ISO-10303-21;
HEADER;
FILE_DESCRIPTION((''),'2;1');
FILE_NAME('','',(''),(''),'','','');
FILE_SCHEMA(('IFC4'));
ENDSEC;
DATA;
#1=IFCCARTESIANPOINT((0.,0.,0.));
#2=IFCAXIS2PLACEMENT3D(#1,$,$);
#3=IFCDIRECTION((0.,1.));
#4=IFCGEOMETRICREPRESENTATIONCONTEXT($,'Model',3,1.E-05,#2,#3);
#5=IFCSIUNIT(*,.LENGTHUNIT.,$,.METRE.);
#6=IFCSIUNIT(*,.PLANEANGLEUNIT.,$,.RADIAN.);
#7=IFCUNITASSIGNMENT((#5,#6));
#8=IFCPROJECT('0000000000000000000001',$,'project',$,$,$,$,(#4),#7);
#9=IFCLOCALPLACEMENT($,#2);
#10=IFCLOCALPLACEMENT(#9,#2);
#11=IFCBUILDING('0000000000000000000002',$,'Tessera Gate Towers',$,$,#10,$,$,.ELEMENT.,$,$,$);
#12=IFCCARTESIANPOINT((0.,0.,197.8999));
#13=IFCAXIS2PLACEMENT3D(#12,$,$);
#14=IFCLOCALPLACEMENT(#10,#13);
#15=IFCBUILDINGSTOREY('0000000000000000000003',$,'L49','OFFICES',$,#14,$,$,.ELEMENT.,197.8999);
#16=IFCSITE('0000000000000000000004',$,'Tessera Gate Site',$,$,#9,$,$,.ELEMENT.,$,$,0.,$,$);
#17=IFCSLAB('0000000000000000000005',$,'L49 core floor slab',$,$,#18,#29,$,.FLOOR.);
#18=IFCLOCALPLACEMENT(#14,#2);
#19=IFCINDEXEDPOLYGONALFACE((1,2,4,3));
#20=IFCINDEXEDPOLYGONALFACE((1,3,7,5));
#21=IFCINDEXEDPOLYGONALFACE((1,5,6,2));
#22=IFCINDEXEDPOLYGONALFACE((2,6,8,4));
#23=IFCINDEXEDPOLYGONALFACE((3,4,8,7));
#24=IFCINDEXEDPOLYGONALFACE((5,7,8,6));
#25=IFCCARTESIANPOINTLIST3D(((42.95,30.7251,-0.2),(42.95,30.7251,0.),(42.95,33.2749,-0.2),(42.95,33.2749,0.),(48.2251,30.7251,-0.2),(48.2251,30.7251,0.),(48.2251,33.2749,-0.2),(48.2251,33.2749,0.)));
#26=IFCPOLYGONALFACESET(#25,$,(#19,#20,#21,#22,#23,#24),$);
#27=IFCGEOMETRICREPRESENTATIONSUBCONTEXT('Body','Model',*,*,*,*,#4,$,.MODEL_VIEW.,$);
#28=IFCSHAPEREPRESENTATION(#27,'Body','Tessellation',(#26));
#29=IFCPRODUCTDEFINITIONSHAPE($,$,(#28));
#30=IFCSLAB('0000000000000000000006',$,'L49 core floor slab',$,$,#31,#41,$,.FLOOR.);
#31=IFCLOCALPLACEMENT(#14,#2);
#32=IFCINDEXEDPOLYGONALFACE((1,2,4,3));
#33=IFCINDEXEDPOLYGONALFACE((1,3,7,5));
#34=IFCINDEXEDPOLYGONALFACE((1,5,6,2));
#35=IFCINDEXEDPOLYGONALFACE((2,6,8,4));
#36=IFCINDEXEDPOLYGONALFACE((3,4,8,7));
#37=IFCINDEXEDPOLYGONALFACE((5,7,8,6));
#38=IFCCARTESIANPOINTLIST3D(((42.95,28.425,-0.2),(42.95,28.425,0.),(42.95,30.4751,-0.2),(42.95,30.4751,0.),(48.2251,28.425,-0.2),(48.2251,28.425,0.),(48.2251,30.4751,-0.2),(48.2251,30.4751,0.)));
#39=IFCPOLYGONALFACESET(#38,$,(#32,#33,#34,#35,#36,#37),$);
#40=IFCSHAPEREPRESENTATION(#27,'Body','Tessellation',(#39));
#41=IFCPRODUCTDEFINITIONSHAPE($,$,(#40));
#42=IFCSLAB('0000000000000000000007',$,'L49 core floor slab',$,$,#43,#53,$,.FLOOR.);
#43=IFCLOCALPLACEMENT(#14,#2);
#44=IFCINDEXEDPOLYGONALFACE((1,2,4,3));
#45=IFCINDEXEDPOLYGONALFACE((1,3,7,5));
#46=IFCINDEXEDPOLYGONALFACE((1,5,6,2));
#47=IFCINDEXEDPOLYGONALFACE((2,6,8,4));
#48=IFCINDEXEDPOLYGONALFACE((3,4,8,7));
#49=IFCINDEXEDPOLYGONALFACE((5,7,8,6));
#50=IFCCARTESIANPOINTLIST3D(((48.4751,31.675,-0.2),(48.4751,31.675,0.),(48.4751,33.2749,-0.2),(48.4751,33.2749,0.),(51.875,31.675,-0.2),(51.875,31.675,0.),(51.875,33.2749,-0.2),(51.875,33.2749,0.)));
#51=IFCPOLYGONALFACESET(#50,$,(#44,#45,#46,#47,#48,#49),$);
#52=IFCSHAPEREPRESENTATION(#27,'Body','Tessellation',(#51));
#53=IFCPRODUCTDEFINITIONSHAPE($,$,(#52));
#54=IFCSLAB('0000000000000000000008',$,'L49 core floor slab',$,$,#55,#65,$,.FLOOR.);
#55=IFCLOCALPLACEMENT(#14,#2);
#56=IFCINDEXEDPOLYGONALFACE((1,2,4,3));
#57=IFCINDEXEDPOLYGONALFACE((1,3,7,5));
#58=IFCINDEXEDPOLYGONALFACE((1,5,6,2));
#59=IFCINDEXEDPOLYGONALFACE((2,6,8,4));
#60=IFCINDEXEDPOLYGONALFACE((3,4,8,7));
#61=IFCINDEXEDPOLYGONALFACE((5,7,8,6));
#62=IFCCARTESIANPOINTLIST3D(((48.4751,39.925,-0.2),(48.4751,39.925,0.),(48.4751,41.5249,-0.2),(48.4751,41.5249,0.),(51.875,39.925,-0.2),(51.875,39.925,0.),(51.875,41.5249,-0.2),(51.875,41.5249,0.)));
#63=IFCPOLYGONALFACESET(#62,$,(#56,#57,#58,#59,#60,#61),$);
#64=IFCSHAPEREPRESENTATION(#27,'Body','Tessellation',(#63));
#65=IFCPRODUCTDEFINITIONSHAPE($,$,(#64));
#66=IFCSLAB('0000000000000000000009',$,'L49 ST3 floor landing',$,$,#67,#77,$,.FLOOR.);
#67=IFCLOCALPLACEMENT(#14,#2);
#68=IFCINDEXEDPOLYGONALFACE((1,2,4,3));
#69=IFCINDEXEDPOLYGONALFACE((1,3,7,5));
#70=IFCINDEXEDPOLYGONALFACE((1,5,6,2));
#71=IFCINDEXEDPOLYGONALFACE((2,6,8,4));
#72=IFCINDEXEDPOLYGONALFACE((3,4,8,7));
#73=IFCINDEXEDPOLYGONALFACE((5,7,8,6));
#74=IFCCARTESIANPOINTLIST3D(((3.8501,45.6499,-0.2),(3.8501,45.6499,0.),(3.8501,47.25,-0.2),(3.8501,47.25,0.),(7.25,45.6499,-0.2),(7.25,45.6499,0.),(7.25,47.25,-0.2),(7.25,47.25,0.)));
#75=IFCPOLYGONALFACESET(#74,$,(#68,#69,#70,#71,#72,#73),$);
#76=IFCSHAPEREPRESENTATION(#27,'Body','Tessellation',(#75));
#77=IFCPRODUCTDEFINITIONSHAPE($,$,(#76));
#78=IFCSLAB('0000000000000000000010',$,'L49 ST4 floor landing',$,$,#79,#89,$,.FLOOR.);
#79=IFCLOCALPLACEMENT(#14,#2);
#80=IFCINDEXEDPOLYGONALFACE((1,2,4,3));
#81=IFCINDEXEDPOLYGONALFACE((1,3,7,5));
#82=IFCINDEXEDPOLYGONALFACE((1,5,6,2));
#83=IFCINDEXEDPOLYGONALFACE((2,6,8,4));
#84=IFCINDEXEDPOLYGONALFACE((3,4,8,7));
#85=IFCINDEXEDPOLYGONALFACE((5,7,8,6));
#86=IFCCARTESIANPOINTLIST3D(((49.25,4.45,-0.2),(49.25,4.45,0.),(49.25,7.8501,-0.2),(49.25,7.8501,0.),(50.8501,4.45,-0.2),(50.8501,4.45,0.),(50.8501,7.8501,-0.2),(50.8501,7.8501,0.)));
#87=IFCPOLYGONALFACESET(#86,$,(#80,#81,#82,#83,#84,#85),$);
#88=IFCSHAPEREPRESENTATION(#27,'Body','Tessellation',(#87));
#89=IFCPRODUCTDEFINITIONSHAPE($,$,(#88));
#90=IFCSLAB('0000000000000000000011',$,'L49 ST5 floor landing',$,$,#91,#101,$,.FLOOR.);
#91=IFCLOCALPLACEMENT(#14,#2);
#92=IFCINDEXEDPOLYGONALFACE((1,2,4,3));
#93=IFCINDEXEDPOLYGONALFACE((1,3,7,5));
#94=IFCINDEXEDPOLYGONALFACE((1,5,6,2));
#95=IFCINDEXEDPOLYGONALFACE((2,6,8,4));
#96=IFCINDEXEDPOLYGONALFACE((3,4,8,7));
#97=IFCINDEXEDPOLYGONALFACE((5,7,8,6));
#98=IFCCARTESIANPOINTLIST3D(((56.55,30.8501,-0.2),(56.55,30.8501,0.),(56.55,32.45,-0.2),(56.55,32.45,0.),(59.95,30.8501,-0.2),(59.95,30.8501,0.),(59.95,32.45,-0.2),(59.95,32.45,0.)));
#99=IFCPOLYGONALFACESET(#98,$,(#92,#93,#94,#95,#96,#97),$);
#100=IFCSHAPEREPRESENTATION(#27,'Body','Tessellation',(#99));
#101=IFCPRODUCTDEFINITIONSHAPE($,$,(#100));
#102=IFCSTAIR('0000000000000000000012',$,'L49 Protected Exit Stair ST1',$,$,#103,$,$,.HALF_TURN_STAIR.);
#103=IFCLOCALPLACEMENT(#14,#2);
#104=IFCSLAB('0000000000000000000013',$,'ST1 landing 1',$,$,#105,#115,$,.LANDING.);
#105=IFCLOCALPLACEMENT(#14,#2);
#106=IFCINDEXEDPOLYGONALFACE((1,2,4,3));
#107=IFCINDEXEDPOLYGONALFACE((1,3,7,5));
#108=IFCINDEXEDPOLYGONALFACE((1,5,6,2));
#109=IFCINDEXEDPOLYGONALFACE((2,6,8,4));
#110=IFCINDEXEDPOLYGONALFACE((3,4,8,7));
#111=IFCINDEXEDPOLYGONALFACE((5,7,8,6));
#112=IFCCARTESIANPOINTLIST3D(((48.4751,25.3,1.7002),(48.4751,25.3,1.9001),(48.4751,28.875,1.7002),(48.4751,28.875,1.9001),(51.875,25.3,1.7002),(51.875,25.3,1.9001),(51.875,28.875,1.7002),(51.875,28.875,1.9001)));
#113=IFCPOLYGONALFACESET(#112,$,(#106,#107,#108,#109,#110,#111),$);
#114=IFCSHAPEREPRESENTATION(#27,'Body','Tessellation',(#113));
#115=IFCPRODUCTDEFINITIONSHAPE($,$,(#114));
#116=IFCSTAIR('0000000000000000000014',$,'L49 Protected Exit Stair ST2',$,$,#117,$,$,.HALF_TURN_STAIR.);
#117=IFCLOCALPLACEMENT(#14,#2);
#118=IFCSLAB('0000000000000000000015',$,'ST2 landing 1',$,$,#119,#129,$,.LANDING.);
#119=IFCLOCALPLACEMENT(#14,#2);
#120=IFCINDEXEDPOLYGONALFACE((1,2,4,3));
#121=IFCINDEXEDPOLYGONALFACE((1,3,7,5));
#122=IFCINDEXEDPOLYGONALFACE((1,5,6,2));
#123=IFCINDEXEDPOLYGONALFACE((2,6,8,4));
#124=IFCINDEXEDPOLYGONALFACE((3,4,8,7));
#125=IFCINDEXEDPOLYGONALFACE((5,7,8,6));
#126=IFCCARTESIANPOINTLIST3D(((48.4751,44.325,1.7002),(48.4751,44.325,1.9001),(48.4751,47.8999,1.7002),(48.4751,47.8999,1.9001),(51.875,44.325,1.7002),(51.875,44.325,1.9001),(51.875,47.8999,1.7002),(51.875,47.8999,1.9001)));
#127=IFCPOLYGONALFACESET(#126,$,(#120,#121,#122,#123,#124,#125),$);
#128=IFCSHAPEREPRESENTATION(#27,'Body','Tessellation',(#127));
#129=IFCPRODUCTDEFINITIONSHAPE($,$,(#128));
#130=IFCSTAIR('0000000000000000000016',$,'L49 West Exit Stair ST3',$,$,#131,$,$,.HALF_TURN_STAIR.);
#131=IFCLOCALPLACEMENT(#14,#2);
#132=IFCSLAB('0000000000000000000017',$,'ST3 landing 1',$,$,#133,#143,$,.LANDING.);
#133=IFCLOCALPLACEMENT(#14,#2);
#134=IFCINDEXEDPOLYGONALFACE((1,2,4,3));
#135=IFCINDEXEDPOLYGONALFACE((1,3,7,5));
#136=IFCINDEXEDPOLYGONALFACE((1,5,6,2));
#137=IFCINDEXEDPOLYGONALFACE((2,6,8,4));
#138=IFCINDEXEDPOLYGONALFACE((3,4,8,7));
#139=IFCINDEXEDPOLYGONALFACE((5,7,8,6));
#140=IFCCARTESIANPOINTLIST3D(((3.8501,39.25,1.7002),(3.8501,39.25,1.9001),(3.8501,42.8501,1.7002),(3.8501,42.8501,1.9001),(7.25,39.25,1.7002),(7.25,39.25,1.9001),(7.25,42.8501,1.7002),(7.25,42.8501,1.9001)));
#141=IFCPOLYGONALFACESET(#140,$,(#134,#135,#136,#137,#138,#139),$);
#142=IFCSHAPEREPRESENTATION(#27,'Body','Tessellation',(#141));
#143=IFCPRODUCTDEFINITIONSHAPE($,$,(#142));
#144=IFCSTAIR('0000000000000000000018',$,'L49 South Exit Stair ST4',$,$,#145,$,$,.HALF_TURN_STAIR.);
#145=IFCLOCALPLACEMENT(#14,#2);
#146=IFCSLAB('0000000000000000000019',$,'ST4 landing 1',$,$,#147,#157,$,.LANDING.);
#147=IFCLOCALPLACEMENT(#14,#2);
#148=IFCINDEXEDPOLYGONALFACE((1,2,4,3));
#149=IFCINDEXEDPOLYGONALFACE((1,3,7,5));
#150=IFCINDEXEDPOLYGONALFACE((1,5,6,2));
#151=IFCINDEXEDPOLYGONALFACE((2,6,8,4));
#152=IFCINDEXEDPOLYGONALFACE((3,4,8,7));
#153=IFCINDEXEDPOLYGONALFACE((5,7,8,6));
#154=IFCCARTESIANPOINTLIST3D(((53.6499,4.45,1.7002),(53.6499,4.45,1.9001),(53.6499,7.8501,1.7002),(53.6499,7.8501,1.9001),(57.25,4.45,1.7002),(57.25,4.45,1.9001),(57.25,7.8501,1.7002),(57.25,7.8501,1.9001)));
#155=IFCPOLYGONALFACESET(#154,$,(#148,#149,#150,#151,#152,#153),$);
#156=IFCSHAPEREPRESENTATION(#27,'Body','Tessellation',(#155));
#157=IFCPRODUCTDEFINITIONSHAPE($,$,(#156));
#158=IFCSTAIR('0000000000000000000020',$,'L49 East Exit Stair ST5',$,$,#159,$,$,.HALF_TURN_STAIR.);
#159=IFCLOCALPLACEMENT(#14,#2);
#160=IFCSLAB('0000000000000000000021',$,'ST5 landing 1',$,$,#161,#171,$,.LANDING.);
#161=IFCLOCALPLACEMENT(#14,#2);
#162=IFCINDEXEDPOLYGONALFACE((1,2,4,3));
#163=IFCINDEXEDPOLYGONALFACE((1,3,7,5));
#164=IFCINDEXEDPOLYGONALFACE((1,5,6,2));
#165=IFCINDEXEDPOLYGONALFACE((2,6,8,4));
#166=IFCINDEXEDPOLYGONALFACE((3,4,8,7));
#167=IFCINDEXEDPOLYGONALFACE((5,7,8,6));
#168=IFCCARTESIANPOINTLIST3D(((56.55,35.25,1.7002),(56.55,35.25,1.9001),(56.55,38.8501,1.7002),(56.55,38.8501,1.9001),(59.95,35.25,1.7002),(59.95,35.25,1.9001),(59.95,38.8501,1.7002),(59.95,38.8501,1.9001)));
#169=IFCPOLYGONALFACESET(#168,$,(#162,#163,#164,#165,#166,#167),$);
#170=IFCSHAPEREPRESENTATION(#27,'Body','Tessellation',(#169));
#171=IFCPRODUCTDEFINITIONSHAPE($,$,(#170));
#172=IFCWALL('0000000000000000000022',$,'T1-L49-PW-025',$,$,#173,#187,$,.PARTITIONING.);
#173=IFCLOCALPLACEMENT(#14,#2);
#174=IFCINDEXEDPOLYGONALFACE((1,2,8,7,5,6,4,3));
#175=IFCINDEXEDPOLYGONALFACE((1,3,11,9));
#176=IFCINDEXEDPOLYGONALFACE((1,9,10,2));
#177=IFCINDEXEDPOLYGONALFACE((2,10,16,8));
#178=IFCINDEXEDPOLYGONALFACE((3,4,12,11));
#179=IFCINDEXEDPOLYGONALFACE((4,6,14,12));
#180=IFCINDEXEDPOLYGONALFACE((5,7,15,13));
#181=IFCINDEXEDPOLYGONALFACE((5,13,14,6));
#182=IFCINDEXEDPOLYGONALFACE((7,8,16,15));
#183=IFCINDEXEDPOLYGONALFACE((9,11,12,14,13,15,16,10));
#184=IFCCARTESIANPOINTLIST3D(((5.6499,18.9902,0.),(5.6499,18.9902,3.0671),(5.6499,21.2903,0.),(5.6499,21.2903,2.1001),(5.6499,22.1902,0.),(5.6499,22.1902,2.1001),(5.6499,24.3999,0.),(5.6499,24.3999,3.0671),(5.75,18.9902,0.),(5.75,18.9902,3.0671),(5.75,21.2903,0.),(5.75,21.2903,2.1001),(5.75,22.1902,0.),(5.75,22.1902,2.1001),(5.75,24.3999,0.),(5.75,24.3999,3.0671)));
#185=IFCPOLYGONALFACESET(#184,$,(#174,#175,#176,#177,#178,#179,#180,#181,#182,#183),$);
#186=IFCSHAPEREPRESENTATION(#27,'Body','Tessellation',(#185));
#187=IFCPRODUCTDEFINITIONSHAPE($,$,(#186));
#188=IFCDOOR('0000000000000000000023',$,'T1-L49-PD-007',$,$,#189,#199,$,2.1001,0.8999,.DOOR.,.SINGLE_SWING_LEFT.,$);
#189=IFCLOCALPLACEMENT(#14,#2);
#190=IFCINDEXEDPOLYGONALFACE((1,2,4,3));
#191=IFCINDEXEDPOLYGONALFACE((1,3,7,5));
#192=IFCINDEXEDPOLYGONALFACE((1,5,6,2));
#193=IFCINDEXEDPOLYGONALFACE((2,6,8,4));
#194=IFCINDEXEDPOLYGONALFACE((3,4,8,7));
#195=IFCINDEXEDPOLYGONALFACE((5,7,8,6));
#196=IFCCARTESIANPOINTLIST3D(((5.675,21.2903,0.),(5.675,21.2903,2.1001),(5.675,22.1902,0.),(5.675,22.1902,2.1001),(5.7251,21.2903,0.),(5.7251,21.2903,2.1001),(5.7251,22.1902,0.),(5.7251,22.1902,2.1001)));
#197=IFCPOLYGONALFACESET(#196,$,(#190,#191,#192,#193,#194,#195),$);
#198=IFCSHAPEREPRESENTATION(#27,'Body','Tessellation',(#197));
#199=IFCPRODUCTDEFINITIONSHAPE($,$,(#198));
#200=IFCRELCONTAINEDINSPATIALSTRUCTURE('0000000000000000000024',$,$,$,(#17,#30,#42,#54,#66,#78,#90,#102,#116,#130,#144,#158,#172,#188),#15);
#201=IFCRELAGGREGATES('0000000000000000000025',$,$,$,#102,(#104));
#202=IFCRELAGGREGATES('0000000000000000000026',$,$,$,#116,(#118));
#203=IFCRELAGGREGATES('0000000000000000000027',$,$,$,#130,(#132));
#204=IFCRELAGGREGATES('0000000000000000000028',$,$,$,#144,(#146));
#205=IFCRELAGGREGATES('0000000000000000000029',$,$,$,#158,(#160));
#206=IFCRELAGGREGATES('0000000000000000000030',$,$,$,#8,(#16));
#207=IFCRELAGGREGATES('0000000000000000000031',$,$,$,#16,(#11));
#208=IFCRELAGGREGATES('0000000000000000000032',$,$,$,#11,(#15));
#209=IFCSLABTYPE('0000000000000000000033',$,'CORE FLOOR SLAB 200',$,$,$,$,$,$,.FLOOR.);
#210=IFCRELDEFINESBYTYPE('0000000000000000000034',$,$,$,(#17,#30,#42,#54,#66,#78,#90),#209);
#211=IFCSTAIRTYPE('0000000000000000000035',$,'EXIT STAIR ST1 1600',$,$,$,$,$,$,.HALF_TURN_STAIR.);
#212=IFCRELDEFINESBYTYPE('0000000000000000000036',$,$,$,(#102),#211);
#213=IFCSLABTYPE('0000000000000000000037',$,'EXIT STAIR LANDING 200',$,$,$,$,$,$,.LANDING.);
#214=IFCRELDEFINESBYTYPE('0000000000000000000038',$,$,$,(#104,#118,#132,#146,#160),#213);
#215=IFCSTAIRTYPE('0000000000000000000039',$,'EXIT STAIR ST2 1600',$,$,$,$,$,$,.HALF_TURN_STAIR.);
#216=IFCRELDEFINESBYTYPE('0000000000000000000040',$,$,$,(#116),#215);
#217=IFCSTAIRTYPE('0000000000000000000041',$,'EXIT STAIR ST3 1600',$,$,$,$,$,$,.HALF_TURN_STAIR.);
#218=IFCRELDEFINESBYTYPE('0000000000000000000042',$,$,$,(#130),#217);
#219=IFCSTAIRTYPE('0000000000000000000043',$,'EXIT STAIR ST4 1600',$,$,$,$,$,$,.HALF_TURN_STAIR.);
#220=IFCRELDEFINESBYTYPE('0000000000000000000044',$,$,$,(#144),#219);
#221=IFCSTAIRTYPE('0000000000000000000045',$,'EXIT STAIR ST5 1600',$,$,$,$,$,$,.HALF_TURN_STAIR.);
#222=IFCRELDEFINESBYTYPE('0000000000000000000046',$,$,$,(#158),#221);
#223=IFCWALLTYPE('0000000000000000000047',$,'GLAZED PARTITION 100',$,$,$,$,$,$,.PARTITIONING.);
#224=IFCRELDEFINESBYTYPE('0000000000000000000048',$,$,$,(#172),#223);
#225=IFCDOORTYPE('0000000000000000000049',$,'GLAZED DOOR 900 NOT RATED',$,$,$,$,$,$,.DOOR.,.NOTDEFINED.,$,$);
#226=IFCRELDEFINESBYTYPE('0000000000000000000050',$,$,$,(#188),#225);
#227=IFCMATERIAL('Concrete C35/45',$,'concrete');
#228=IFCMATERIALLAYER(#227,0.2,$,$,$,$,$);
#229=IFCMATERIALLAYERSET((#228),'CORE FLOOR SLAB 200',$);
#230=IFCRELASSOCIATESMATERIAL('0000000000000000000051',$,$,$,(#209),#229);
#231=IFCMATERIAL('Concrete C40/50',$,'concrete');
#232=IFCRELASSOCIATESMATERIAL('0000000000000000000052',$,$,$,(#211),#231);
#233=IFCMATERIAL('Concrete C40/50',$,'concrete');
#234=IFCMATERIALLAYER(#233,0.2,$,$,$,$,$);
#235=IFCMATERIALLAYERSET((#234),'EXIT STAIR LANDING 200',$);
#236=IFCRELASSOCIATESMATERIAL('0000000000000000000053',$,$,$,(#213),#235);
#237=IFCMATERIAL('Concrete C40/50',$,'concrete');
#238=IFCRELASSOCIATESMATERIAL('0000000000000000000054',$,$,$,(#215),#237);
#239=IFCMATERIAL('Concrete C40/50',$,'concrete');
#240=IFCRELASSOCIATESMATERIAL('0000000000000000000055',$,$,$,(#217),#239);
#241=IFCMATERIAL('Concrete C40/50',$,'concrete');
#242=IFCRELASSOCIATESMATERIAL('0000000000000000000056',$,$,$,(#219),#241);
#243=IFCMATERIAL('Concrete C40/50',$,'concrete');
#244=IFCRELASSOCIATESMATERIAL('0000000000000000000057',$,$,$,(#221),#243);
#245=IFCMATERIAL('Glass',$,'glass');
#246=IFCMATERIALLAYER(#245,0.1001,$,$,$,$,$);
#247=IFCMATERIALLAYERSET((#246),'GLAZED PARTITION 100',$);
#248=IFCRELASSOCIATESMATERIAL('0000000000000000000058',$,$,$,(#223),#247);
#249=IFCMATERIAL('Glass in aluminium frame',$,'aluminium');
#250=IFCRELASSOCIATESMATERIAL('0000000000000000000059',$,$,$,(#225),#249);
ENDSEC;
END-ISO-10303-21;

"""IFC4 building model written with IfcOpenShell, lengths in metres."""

from ifc_helpers import new_model, si_unit, direction, frame, frame_2d, origin, place, context, subcontext, project, spatial, polyline, rectangle, outline, extrude, source, transform, mapped, material, layer, layer_set, type_object, element, fill, aggregate, save


model = new_model("IFC4")

# Units and contexts
model_context = context("Model", 3, precision=1e-05, world=origin(), true_north=direction((0.0, 1.0)))
body_context = subcontext(model_context, "Body", "Model", "MODEL_VIEW")
ifc_project = project(units=[si_unit("LENGTHUNIT", "METRE"), si_unit("PLANEANGLEUNIT", "RADIAN")], contexts=[model_context])

# Site, building, storey
site_placement = place(None, origin())
site = spatial("IfcSite", under=ifc_project, at=site_placement, Name="Tessera Gate Site", CompositionType="ELEMENT", RefElevation=0.0)
building_placement = place(site_placement, origin())
building = spatial("IfcBuilding", under=site, at=building_placement, Name="Tessera Gate Towers", CompositionType="ELEMENT")
storey_placement = place(building_placement, frame((0.0, 0.0, 197.8999)))
storey = spatial("IfcBuildingStorey", under=building, at=storey_placement, Name="L49", Description="OFFICES", CompositionType="ELEMENT", Elevation=197.8999)

# Slabs
ifc_material_1 = material(Name="Concrete C35/45", Category="concrete")
ifc_layer_1 = layer(ifc_material_1, 0.2)
ifc_layer_set_1 = layer_set([ifc_layer_1], Name="CORE FLOOR SLAB 200")
slab_type_1 = type_object("IfcSlabType", Name="CORE FLOOR SLAB 200", PredefinedType="FLOOR", material=ifc_layer_set_1)
slab_1_placement = place(storey_placement, frame((0.0, 0.0, -0.2)))
element("IfcSlab", 1, at=slab_1_placement, inside=storey, type_object=slab_type_1, Name="L49 core floor slab", PredefinedType="FLOOR", context=body_context, shape_type="SweptSolid", body=[
    extrude(outline(polyline([(42.95, 33.2749), (42.95, 30.7251), (48.2251, 30.7251), (48.2251, 33.2749), (42.95, 33.2749)])), origin(), (0.0, 0.0, 1.0), 0.2),
])
slab_2_placement = place(storey_placement, frame((0.0, 0.0, -0.2)))
element("IfcSlab", 2, at=slab_2_placement, inside=storey, type_object=slab_type_1, Name="L49 core floor slab", PredefinedType="FLOOR", context=body_context, shape_type="SweptSolid", body=[
    extrude(outline(polyline([(48.2251, 30.4751), (42.95, 30.4751), (42.95, 28.425), (48.2251, 28.425), (48.2251, 30.4751)])), origin(), (0.0, 0.0, 1.0), 0.2),
])
slab_3_placement = place(storey_placement, frame((0.0, 0.0, -0.2)))
element("IfcSlab", 3, at=slab_3_placement, inside=storey, type_object=slab_type_1, Name="L49 core floor slab", PredefinedType="FLOOR", context=body_context, shape_type="SweptSolid", body=[
    extrude(outline(polyline([(51.875, 31.675), (51.875, 33.2749), (48.4751, 33.2749), (48.4751, 31.675), (51.875, 31.675)])), origin(), (0.0, 0.0, 1.0), 0.2),
])
slab_4_placement = place(storey_placement, frame((0.0, 0.0, -0.2)))
element("IfcSlab", 4, at=slab_4_placement, inside=storey, type_object=slab_type_1, Name="L49 core floor slab", PredefinedType="FLOOR", context=body_context, shape_type="SweptSolid", body=[
    extrude(outline(polyline([(48.4751, 41.5249), (48.4751, 39.925), (51.875, 39.925), (51.875, 41.5249), (48.4751, 41.5249)])), origin(), (0.0, 0.0, 1.0), 0.2),
])
slab_5_placement = place(storey_placement, frame((0.0, 0.0, -0.2)))
element("IfcSlab", 5, at=slab_5_placement, inside=storey, type_object=slab_type_1, Name="L49 ST3 floor landing", PredefinedType="FLOOR", context=body_context, shape_type="SweptSolid", body=[
    extrude(outline(polyline([(3.8501, 47.25), (3.8501, 45.6499), (7.25, 45.6499), (7.25, 47.25), (3.8501, 47.25)])), origin(), (0.0, 0.0, 1.0), 0.2),
])
slab_6_placement = place(storey_placement, frame((0.0, 0.0, -0.2)))
element("IfcSlab", 6, at=slab_6_placement, inside=storey, type_object=slab_type_1, Name="L49 ST4 floor landing", PredefinedType="FLOOR", context=body_context, shape_type="SweptSolid", body=[
    extrude(outline(polyline([(49.25, 4.45), (50.8501, 4.45), (50.8501, 7.8501), (49.25, 7.8501), (49.25, 4.45)])), origin(), (0.0, 0.0, 1.0), 0.2),
])
slab_7_placement = place(storey_placement, frame((0.0, 0.0, -0.2)))
element("IfcSlab", 7, at=slab_7_placement, inside=storey, type_object=slab_type_1, Name="L49 ST5 floor landing", PredefinedType="FLOOR", context=body_context, shape_type="SweptSolid", body=[
    extrude(outline(polyline([(59.95, 30.8501), (59.95, 32.45), (56.55, 32.45), (56.55, 30.8501), (59.95, 30.8501)])), origin(), (0.0, 0.0, 1.0), 0.2),
])

# Stairs, slabs
ifc_material_2 = material(Name="Concrete C40/50", Category="concrete")
stair_type_1 = type_object("IfcStairType", Name="EXIT STAIR ST1 1600", PredefinedType="HALF_TURN_STAIR", material=ifc_material_2)
stair_1_placement = place(storey_placement, origin())
stair_1 = element("IfcStair", 8, at=stair_1_placement, inside=storey, type_object=stair_type_1, Name="L49 Protected Exit Stair ST1", PredefinedType="HALF_TURN_STAIR")
ifc_material_3 = material(Name="Concrete C40/50", Category="concrete")
ifc_layer_2 = layer(ifc_material_3, 0.2)
ifc_layer_set_2 = layer_set([ifc_layer_2], Name="EXIT STAIR LANDING 200")
slab_type_2 = type_object("IfcSlabType", Name="EXIT STAIR LANDING 200", PredefinedType="LANDING", material=ifc_layer_set_2)
slab_8_placement = place(storey_placement, frame((0.0, 0.0, 1.7002)))
slab_8 = element("IfcSlab", 9, at=slab_8_placement, type_object=slab_type_2, Name="ST1 landing 1", PredefinedType="LANDING", context=body_context, shape_type="SweptSolid", body=[
    extrude(outline(polyline([(48.4751, 28.875), (48.4751, 25.3), (51.875, 25.3), (51.875, 28.875), (48.4751, 28.875)])), origin(), (0.0, 0.0, 1.0), 0.2),
])
aggregate(stair_1, [slab_8])
ifc_material_4 = material(Name="Concrete C40/50", Category="concrete")
stair_type_2 = type_object("IfcStairType", Name="EXIT STAIR ST2 1600", PredefinedType="HALF_TURN_STAIR", material=ifc_material_4)
stair_2_placement = place(storey_placement, origin())
stair_2 = element("IfcStair", 10, at=stair_2_placement, inside=storey, type_object=stair_type_2, Name="L49 Protected Exit Stair ST2", PredefinedType="HALF_TURN_STAIR")
slab_9_placement = place(storey_placement, frame((0.0, 0.0, 1.7002)))
slab_9 = element("IfcSlab", 11, at=slab_9_placement, type_object=slab_type_2, Name="ST2 landing 1", PredefinedType="LANDING", context=body_context, shape_type="SweptSolid", body=[
    extrude(outline(polyline([(51.875, 44.325), (51.875, 47.8999), (48.4751, 47.8999), (48.4751, 44.325), (51.875, 44.325)])), origin(), (0.0, 0.0, 1.0), 0.2),
])
aggregate(stair_2, [slab_9])
ifc_material_5 = material(Name="Concrete C40/50", Category="concrete")
stair_type_3 = type_object("IfcStairType", Name="EXIT STAIR ST3 1600", PredefinedType="HALF_TURN_STAIR", material=ifc_material_5)
stair_3_placement = place(storey_placement, origin())
stair_3 = element("IfcStair", 12, at=stair_3_placement, inside=storey, type_object=stair_type_3, Name="L49 West Exit Stair ST3", PredefinedType="HALF_TURN_STAIR")
slab_10_placement = place(storey_placement, frame((0.0, 0.0, 1.7002)))
slab_10 = element("IfcSlab", 13, at=slab_10_placement, type_object=slab_type_2, Name="ST3 landing 1", PredefinedType="LANDING", context=body_context, shape_type="SweptSolid", body=[
    extrude(outline(polyline([(3.8501, 42.8501), (3.8501, 39.25), (7.25, 39.25), (7.25, 42.8501), (3.8501, 42.8501)])), origin(), (0.0, 0.0, 1.0), 0.2),
])
aggregate(stair_3, [slab_10])
ifc_material_6 = material(Name="Concrete C40/50", Category="concrete")
stair_type_4 = type_object("IfcStairType", Name="EXIT STAIR ST4 1600", PredefinedType="HALF_TURN_STAIR", material=ifc_material_6)
stair_4_placement = place(storey_placement, origin())
stair_4 = element("IfcStair", 14, at=stair_4_placement, inside=storey, type_object=stair_type_4, Name="L49 South Exit Stair ST4", PredefinedType="HALF_TURN_STAIR")
slab_11_placement = place(storey_placement, frame((0.0, 0.0, 1.7002)))
slab_11 = element("IfcSlab", 15, at=slab_11_placement, type_object=slab_type_2, Name="ST4 landing 1", PredefinedType="LANDING", context=body_context, shape_type="SweptSolid", body=[
    extrude(outline(polyline([(53.6499, 4.45), (57.25, 4.45), (57.25, 7.8501), (53.6499, 7.8501), (53.6499, 4.45)])), origin(), (0.0, 0.0, 1.0), 0.2),
])
aggregate(stair_4, [slab_11])
ifc_material_7 = material(Name="Concrete C40/50", Category="concrete")
stair_type_5 = type_object("IfcStairType", Name="EXIT STAIR ST5 1600", PredefinedType="HALF_TURN_STAIR", material=ifc_material_7)
stair_5_placement = place(storey_placement, origin())
stair_5 = element("IfcStair", 16, at=stair_5_placement, inside=storey, type_object=stair_type_5, Name="L49 East Exit Stair ST5", PredefinedType="HALF_TURN_STAIR")
slab_12_placement = place(storey_placement, frame((0.0, 0.0, 1.7002)))
slab_12 = element("IfcSlab", 17, at=slab_12_placement, type_object=slab_type_2, Name="ST5 landing 1", PredefinedType="LANDING", context=body_context, shape_type="SweptSolid", body=[
    extrude(outline(polyline([(59.95, 35.25), (59.95, 38.8501), (56.55, 38.8501), (56.55, 35.25), (59.95, 35.25)])), origin(), (0.0, 0.0, 1.0), 0.2),
])
aggregate(stair_5, [slab_12])

# Wall, opening, door
ifc_material_8 = material(Name="Glass", Category="glass")
ifc_layer_3 = layer(ifc_material_8, 0.1001)
ifc_layer_set_3 = layer_set([ifc_layer_3], Name="GLAZED PARTITION 100")
wall_type_1 = type_object("IfcWallType", Name="GLAZED PARTITION 100", PredefinedType="PARTITIONING", material=ifc_layer_set_3)
wall_1_placement = place(storey_placement, frame((5.7, 18.9902, 0.0), z_axis=(0.0, 0.0, 1.0), x_axis=(0.0, 1.0, 0.0)))
wall_1 = element("IfcWall", 18, at=wall_1_placement, inside=storey, type_object=wall_type_1, Name="T1-L49-PW-025", PredefinedType="PARTITIONING", context=body_context, shape_type="SweptSolid", body=[
    extrude(rectangle(XDim=5.4097, YDim=0.1001, at=frame_2d((2.7048, 0.0))), origin(), (0.0, 0.0, 1.0), 3.0671),
])
shared_shape_1 = source(origin(), body_context, "Body", "SweptSolid", [
    extrude(rectangle(XDim=0.8999, YDim=2.1001, at=frame_2d((0.45, 1.05))), frame((0.0, 0.0601, 0.0), z_axis=(0.0, -1.0, 0.0), x_axis=(1.0, 0.0, 0.0)), (0.0, 0.0, 1.0), 0.1201),
])
opening_1_placement = place(wall_1_placement, frame((2.3, 0.0, 0.0)))
opening_1 = element("IfcOpeningElement", 19, at=opening_1_placement, cuts=wall_1, PredefinedType="OPENING", context=body_context, shape_type="MappedRepresentation", body=[
    mapped(shared_shape_1, transform((0.0, 0.0, 0.0), scale=1.0)),
])
ifc_material_9 = material(Name="Glass in aluminium frame", Category="aluminium")
door_type = type_object("IfcDoorType", Name="GLAZED DOOR 900 NOT RATED", OperationType="NOTDEFINED", PredefinedType="DOOR", material=ifc_material_9)
shared_shape_2 = source(origin(), body_context, "Body", "SweptSolid", [
    extrude(rectangle(XDim=0.8999, YDim=2.1001, at=frame_2d((0.45, 1.05))), frame((0.0, 0.0249, 0.0), z_axis=(0.0, -1.0, 0.0), x_axis=(1.0, 0.0, 0.0)), (0.0, 0.0, 1.0), 0.05),
])
door_placement = place(opening_1_placement, origin())
door = element("IfcDoor", 20, at=door_placement, inside=storey, type_object=door_type, Name="T1-L49-PD-007", OperationType="SINGLE_SWING_LEFT", OverallHeight=2.1001, OverallWidth=0.8999, PredefinedType="DOOR", context=body_context, shape_type="MappedRepresentation", body=[
    mapped(shared_shape_2, transform((0.0, 0.0, 0.0), scale=1.0)),
])
fill(opening_1, door)

save(model, "model.ifc")
